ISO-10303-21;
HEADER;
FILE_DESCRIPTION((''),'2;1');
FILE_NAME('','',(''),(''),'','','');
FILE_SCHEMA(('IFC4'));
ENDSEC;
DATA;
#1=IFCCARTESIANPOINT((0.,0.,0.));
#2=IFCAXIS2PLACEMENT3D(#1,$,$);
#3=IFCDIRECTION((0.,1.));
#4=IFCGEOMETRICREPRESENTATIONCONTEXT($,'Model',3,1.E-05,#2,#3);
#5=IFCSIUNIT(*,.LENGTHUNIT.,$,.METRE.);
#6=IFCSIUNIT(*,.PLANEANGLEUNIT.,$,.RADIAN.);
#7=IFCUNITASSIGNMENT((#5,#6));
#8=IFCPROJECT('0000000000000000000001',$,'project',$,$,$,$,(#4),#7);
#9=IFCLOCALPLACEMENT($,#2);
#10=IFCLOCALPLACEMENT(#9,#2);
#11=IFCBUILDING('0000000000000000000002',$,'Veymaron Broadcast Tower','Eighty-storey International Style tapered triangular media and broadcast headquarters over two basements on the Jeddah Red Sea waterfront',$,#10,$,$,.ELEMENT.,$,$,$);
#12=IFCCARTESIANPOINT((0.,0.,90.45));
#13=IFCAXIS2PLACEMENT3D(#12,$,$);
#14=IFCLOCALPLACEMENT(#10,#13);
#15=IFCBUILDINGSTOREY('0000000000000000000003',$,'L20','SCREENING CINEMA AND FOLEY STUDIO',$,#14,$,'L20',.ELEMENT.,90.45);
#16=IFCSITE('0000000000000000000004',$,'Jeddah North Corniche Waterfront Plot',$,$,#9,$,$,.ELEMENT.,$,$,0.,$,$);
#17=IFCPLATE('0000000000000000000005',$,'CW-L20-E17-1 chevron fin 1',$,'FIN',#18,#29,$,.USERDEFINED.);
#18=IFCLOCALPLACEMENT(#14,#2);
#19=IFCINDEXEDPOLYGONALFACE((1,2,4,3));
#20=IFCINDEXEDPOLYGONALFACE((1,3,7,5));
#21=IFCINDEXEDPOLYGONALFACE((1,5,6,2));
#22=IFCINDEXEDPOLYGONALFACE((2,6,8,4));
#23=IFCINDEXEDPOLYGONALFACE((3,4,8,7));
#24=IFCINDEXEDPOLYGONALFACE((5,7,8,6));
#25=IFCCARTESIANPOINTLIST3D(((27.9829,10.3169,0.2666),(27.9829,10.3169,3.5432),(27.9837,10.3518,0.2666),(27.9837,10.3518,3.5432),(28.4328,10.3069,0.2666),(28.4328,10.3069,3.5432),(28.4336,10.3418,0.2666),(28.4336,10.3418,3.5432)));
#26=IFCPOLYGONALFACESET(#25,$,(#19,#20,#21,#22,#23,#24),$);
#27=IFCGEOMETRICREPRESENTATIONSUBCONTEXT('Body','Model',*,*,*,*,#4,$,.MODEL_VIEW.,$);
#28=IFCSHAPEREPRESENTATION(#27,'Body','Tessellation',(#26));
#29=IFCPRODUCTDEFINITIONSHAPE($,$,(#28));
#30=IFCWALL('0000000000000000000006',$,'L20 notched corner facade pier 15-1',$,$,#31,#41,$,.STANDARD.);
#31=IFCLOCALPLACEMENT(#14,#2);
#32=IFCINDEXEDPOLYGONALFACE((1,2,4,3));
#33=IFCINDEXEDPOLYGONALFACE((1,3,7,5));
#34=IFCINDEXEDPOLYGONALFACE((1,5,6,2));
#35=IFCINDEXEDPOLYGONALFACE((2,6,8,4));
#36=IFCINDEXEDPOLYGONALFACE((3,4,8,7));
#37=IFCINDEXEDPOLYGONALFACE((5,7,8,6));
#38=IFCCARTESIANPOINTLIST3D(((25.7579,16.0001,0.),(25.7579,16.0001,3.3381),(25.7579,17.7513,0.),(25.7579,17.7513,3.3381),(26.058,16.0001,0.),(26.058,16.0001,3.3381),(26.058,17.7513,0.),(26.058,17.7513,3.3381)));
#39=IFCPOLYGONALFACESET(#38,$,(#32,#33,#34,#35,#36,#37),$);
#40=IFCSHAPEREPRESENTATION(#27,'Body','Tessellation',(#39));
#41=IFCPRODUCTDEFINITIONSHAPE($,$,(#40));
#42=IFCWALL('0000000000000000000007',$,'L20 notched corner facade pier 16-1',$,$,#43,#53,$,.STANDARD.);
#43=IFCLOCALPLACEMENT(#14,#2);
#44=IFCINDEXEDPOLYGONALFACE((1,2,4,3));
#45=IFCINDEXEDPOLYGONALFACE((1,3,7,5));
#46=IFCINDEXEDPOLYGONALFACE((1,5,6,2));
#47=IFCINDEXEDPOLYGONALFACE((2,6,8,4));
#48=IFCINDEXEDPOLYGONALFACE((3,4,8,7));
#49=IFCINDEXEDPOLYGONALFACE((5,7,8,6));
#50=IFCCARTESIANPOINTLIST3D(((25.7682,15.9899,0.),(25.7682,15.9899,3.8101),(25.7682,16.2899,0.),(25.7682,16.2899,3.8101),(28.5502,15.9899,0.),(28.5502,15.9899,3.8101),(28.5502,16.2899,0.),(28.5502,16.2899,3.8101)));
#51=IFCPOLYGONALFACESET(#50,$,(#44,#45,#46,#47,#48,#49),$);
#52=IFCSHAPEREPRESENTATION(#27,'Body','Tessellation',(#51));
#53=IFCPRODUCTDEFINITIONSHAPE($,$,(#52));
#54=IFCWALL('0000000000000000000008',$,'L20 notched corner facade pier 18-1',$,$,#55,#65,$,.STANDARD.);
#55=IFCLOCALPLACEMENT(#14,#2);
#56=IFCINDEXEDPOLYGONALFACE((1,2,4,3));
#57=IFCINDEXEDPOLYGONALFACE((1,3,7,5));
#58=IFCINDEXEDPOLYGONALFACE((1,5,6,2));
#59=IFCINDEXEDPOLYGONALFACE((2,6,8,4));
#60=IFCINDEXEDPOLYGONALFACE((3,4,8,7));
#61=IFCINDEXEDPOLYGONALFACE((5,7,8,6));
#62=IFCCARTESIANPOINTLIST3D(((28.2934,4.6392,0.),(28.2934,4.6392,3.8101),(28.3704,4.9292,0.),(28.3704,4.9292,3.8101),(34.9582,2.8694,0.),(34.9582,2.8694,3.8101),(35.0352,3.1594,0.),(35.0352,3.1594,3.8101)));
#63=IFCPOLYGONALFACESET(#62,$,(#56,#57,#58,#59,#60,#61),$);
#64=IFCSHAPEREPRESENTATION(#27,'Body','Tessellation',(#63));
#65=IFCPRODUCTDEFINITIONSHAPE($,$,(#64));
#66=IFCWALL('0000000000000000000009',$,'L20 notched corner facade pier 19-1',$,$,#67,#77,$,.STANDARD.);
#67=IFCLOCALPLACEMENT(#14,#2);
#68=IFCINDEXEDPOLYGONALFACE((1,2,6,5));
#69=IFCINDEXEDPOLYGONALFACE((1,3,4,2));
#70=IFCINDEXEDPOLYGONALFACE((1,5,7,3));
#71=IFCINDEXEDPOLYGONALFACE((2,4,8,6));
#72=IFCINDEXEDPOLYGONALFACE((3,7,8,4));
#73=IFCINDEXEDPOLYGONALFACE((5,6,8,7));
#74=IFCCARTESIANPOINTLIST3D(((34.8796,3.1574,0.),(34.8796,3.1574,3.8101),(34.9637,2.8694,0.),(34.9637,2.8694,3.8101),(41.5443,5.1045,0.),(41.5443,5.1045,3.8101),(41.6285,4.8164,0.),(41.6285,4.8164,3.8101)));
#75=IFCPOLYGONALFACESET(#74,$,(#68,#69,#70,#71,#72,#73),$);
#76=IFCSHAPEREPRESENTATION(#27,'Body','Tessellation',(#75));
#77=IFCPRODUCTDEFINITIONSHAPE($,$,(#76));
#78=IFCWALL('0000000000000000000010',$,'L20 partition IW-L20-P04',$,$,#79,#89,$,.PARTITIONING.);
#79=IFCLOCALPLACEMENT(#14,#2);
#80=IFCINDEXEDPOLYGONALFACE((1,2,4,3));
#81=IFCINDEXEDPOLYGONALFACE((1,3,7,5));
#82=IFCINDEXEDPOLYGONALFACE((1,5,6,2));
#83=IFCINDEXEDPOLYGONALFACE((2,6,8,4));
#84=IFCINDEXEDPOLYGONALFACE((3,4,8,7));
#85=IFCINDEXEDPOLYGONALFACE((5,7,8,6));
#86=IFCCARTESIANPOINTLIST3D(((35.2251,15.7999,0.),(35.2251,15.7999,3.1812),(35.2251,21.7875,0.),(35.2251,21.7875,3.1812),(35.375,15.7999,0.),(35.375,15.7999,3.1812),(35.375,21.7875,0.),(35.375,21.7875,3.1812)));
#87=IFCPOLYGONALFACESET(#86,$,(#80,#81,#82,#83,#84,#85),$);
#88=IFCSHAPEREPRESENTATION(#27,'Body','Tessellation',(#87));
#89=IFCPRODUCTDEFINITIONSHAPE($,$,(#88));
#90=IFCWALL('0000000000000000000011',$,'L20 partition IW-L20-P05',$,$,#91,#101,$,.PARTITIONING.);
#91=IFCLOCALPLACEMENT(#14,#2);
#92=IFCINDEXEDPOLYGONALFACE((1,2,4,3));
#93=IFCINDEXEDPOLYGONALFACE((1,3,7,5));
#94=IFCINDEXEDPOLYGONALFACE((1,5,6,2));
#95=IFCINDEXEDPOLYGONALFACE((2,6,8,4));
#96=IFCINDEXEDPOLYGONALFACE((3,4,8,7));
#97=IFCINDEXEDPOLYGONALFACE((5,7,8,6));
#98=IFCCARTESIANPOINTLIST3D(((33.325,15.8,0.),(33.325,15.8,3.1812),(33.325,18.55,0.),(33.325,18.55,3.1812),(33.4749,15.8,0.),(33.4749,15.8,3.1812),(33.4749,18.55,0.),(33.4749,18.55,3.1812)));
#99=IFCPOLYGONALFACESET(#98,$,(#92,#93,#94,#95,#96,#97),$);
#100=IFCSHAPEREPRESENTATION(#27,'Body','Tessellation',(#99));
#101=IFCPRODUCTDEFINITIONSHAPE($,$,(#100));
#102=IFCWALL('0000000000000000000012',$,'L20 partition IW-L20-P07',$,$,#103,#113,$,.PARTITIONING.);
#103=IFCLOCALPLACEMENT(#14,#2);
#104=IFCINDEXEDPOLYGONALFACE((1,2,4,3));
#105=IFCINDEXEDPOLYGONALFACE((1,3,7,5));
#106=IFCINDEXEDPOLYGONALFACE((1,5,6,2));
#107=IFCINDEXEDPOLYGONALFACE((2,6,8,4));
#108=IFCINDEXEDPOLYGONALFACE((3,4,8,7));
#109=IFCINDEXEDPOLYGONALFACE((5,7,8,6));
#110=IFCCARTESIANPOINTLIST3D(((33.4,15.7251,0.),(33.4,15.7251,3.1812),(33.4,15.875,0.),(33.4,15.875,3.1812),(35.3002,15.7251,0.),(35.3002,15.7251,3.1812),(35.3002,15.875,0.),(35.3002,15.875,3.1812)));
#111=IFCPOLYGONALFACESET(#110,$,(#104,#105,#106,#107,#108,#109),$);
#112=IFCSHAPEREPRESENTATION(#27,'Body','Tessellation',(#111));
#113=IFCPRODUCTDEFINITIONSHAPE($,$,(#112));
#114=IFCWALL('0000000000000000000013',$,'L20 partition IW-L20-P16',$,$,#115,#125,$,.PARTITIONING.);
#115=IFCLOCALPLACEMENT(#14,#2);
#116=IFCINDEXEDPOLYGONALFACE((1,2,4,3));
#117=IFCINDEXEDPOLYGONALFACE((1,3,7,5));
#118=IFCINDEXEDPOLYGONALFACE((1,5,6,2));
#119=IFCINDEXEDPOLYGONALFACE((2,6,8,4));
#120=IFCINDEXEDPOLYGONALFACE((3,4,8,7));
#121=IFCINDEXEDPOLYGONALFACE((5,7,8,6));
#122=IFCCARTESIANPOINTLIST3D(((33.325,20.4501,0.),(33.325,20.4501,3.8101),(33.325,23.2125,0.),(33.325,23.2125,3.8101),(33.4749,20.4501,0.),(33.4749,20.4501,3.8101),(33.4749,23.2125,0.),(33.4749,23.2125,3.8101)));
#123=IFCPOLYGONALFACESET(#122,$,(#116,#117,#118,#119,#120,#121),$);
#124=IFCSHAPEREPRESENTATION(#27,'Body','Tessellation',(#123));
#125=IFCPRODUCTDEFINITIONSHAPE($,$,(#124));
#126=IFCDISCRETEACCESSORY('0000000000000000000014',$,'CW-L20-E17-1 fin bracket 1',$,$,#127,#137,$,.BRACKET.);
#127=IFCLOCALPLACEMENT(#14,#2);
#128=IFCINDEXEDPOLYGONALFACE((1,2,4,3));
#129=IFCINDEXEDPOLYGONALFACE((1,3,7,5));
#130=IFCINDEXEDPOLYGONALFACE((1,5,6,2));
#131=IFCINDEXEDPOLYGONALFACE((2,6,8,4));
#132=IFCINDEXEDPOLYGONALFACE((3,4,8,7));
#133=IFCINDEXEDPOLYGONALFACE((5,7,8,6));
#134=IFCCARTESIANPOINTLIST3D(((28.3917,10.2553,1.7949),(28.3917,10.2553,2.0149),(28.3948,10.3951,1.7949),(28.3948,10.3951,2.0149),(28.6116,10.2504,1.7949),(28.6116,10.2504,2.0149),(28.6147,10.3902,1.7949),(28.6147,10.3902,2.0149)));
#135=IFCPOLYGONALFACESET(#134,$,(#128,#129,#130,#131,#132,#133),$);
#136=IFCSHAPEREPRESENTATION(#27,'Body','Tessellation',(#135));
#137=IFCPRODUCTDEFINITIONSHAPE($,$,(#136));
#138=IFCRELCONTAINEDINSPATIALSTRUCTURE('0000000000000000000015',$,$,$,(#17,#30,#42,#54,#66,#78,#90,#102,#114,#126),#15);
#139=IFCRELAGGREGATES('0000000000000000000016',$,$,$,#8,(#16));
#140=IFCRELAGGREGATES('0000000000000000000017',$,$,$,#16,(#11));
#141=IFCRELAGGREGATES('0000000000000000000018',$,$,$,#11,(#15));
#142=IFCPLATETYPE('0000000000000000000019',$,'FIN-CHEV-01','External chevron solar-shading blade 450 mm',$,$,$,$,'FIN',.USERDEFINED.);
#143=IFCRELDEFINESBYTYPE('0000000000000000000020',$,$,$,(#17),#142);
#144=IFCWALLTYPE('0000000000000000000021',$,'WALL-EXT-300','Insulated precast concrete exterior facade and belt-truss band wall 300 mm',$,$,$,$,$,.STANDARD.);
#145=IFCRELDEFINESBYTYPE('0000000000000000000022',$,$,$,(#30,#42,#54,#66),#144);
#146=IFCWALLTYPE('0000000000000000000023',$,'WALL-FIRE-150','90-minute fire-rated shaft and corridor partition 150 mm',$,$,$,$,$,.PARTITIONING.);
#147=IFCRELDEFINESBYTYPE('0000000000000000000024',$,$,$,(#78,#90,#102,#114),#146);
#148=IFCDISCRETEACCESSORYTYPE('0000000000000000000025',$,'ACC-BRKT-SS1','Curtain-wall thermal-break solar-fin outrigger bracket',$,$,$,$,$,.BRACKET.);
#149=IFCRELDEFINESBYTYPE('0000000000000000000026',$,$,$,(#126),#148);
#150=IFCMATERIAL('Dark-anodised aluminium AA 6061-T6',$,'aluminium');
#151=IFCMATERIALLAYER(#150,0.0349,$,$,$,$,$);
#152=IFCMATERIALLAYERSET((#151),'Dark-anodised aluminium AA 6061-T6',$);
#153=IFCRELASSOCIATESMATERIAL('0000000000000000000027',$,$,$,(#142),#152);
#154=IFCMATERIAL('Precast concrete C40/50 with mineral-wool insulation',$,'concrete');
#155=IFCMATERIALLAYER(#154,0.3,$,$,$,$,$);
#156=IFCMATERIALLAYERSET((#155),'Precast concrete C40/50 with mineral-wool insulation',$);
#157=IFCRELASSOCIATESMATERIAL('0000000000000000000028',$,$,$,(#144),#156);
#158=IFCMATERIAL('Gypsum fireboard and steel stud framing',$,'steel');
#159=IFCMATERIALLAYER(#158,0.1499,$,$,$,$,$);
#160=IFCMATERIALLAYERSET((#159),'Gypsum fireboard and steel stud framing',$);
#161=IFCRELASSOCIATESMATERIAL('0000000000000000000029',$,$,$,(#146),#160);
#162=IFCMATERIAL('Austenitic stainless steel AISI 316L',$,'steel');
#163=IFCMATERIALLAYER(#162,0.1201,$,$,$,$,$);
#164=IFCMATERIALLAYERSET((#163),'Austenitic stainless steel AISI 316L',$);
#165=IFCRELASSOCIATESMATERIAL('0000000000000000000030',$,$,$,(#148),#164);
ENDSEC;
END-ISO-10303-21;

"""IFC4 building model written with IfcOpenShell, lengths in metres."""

from ifc_helpers import new_model, si_unit, direction, frame, frame_2d, origin, origin_2d, place, context, subcontext, project, spatial, rectangle, extrude, material, layer, layer_set, type_object, element, save


model = new_model("IFC4")

# Units and contexts
model_context = context("Model", 3, precision=1e-05, world=origin(), true_north=direction((0.0, 1.0)))
body_context = subcontext(model_context, "Body", "Model", "MODEL_VIEW")
ifc_project = project(units=[si_unit("LENGTHUNIT", "METRE"), si_unit("PLANEANGLEUNIT", "RADIAN")], contexts=[model_context])

# Site, building, storey
site_placement = place(None, origin())
site = spatial("IfcSite", under=ifc_project, at=site_placement, Name="Jeddah North Corniche Waterfront Plot", CompositionType="ELEMENT", RefElevation=0.0)
building_placement = place(site_placement, origin())
building = spatial("IfcBuilding", under=site, at=building_placement, Name="Veymaron Broadcast Tower", Description="Eighty-storey International Style tapered triangular media and broadcast headquarters over two basements on the Jeddah Red Sea waterfront", CompositionType="ELEMENT")
storey_placement = place(building_placement, frame((0.0, 0.0, 90.45)))
storey = spatial("IfcBuildingStorey", under=building, at=storey_placement, Name="L20", Description="SCREENING CINEMA AND FOLEY STUDIO", LongName="L20", CompositionType="ELEMENT", Elevation=90.45)

# Plate
ifc_material_1 = material(Name="Dark-anodised aluminium AA 6061-T6", Category="aluminium")
ifc_layer_1 = layer(ifc_material_1, 0.0349)
ifc_layer_set_1 = layer_set([ifc_layer_1], Name="Dark-anodised aluminium AA 6061-T6")
plate_type_1 = type_object("IfcPlateType", Name="FIN-CHEV-01", Description="External chevron solar-shading blade 450 mm", ElementType="FIN", PredefinedType="USERDEFINED", material=ifc_layer_set_1)
plate_1_placement = place(storey_placement, frame((28.2083, 10.3293, 0.2666), z_axis=(0.0, 0.0, 1.0), x_axis=(-0.99975, 0.022356, 0.0)))
element("IfcPlate", 1, at=plate_1_placement, inside=storey, type_object=plate_type_1, Name="CW-L20-E17-1 chevron fin 1", ObjectType="FIN", PredefinedType="USERDEFINED", context=body_context, shape_type="SweptSolid", body=[
    extrude(rectangle(XDim=0.45, YDim=0.0349, at=origin_2d()), origin(), (0.0, 0.0, 1.0), 3.2766),
])

# Walls
ifc_material_2 = material(Name="Precast concrete C40/50 with mineral-wool insulation", Category="concrete")
ifc_layer_2 = layer(ifc_material_2, 0.3)
ifc_layer_set_2 = layer_set([ifc_layer_2], Name="Precast concrete C40/50 with mineral-wool insulation")
wall_type_1 = type_object("IfcWallType", Name="WALL-EXT-300", Description="Insulated precast concrete exterior facade and belt-truss band wall 300 mm", PredefinedType="STANDARD", material=ifc_layer_set_2)
wall_1_placement = place(storey_placement, frame((25.908, 17.7512, 0.0), z_axis=(0.0, 0.0, 1.0), x_axis=(0.0, -1.0, 0.0)))
element("IfcWall", 2, at=wall_1_placement, inside=storey, type_object=wall_type_1, Name="L20 notched corner facade pier 15-1", PredefinedType="STANDARD", context=body_context, shape_type="SweptSolid", body=[
    extrude(rectangle(XDim=1.7512, YDim=0.3, at=frame_2d((0.8755, 0.0))), origin(), (0.0, 0.0, 1.0), 3.3381),
])
wall_2_placement = place(storey_placement, frame((25.7681, 16.1399, 0.0), z_axis=(0.0, 0.0, 1.0), x_axis=(1.0, 0.0, 0.0)))
element("IfcWall", 3, at=wall_2_placement, inside=storey, type_object=wall_type_1, Name="L20 notched corner facade pier 16-1", PredefinedType="STANDARD", context=body_context, shape_type="SweptSolid", body=[
    extrude(rectangle(XDim=2.782, YDim=0.3, at=frame_2d((1.3911, 0.0))), origin(), (0.0, 0.0, 1.0), 3.8101),
])
wall_3_placement = place(storey_placement, frame((28.332, 4.7842, 0.0), z_axis=(0.0, 0.0, 1.0), x_axis=(0.966505, -0.256647, 0.0)))
element("IfcWall", 4, at=wall_3_placement, inside=storey, type_object=wall_type_1, Name="L20 notched corner facade pier 18-1", PredefinedType="STANDARD", context=body_context, shape_type="SweptSolid", body=[
    extrude(rectangle(XDim=6.8958, YDim=0.3, at=frame_2d((3.4478, 0.0))), origin(), (0.0, 0.0, 1.0), 3.8101),
])
wall_4_placement = place(storey_placement, frame((34.9216, 3.0134, 0.0), z_axis=(0.0, 0.0, 1.0), x_axis=(0.959879, 0.280414, 0.0)))
element("IfcWall", 5, at=wall_4_placement, inside=storey, type_object=wall_type_1, Name="L20 notched corner facade pier 19-1", PredefinedType="STANDARD", context=body_context, shape_type="SweptSolid", body=[
    extrude(rectangle(XDim=6.9434, YDim=0.3, at=frame_2d((3.4717, 0.0))), origin(), (0.0, 0.0, 1.0), 3.8101),
])
ifc_material_3 = material(Name="Gypsum fireboard and steel stud framing", Category="steel")
ifc_layer_3 = layer(ifc_material_3, 0.1499)
ifc_layer_set_3 = layer_set([ifc_layer_3], Name="Gypsum fireboard and steel stud framing")
wall_type_2 = type_object("IfcWallType", Name="WALL-FIRE-150", Description="90-minute fire-rated shaft and corridor partition 150 mm", PredefinedType="PARTITIONING", material=ifc_layer_set_3)
wall_5_placement = place(storey_placement, frame((35.3, 15.8, 0.0), z_axis=(0.0, 0.0, 1.0), x_axis=(0.0, 1.0, 0.0)))
element("IfcWall", 6, at=wall_5_placement, inside=storey, type_object=wall_type_2, Name="L20 partition IW-L20-P04", PredefinedType="PARTITIONING", context=body_context, shape_type="SweptSolid", body=[
    extrude(rectangle(XDim=5.9875, YDim=0.1499, at=frame_2d((2.9937, 0.0))), origin(), (0.0, 0.0, 1.0), 3.1812),
])
wall_6_placement = place(storey_placement, frame((33.3999, 15.8, 0.0), z_axis=(0.0, 0.0, 1.0), x_axis=(0.0, 1.0, 0.0)))
element("IfcWall", 7, at=wall_6_placement, inside=storey, type_object=wall_type_2, Name="L20 partition IW-L20-P05", PredefinedType="PARTITIONING", context=body_context, shape_type="SweptSolid", body=[
    extrude(rectangle(XDim=2.75, YDim=0.1499, at=frame_2d((1.375, 0.0))), origin(), (0.0, 0.0, 1.0), 3.1812),
])
wall_7_placement = place(storey_placement, frame((33.3999, 15.8, 0.0), z_axis=(0.0, 0.0, 1.0), x_axis=(1.0, 0.0, 0.0)))
element("IfcWall", 8, at=wall_7_placement, inside=storey, type_object=wall_type_2, Name="L20 partition IW-L20-P07", PredefinedType="PARTITIONING", context=body_context, shape_type="SweptSolid", body=[
    extrude(rectangle(XDim=1.9001, YDim=0.1499, at=frame_2d((0.9502, 0.0))), origin(), (0.0, 0.0, 1.0), 3.1812),
])
wall_8_placement = place(storey_placement, frame((33.3999, 20.45, 0.0), z_axis=(0.0, 0.0, 1.0), x_axis=(0.0, 1.0, 0.0)))
element("IfcWall", 9, at=wall_8_placement, inside=storey, type_object=wall_type_2, Name="L20 partition IW-L20-P16", PredefinedType="PARTITIONING", context=body_context, shape_type="SweptSolid", body=[
    extrude(rectangle(XDim=2.7625, YDim=0.1499, at=frame_2d((1.3813, 0.0))), origin(), (0.0, 0.0, 1.0), 3.8101),
])

# Discrete accessory
ifc_material_4 = material(Name="Austenitic stainless steel AISI 316L", Category="steel")
ifc_layer_4 = layer(ifc_material_4, 0.1201)
ifc_layer_set_4 = layer_set([ifc_layer_4], Name="Austenitic stainless steel AISI 316L")
discrete_accessory_type = type_object("IfcDiscreteAccessoryType", Name="ACC-BRKT-SS1", Description="Curtain-wall thermal-break solar-fin outrigger bracket", PredefinedType="BRACKET", material=ifc_layer_set_4)
discrete_accessory_placement = place(storey_placement, frame((28.5032, 10.3228, 1.7949), z_axis=(0.0, 0.0, 1.0), x_axis=(-0.99975, 0.022356, 0.0)))
element("IfcDiscreteAccessory", 10, at=discrete_accessory_placement, inside=storey, type_object=discrete_accessory_type, Name="CW-L20-E17-1 fin bracket 1", PredefinedType="BRACKET", context=body_context, shape_type="SweptSolid", body=[
    extrude(rectangle(XDim=0.22, YDim=0.1399, at=origin_2d()), origin(), (0.0, 0.0, 1.0), 0.22),
])

save(model, "model.ifc")
